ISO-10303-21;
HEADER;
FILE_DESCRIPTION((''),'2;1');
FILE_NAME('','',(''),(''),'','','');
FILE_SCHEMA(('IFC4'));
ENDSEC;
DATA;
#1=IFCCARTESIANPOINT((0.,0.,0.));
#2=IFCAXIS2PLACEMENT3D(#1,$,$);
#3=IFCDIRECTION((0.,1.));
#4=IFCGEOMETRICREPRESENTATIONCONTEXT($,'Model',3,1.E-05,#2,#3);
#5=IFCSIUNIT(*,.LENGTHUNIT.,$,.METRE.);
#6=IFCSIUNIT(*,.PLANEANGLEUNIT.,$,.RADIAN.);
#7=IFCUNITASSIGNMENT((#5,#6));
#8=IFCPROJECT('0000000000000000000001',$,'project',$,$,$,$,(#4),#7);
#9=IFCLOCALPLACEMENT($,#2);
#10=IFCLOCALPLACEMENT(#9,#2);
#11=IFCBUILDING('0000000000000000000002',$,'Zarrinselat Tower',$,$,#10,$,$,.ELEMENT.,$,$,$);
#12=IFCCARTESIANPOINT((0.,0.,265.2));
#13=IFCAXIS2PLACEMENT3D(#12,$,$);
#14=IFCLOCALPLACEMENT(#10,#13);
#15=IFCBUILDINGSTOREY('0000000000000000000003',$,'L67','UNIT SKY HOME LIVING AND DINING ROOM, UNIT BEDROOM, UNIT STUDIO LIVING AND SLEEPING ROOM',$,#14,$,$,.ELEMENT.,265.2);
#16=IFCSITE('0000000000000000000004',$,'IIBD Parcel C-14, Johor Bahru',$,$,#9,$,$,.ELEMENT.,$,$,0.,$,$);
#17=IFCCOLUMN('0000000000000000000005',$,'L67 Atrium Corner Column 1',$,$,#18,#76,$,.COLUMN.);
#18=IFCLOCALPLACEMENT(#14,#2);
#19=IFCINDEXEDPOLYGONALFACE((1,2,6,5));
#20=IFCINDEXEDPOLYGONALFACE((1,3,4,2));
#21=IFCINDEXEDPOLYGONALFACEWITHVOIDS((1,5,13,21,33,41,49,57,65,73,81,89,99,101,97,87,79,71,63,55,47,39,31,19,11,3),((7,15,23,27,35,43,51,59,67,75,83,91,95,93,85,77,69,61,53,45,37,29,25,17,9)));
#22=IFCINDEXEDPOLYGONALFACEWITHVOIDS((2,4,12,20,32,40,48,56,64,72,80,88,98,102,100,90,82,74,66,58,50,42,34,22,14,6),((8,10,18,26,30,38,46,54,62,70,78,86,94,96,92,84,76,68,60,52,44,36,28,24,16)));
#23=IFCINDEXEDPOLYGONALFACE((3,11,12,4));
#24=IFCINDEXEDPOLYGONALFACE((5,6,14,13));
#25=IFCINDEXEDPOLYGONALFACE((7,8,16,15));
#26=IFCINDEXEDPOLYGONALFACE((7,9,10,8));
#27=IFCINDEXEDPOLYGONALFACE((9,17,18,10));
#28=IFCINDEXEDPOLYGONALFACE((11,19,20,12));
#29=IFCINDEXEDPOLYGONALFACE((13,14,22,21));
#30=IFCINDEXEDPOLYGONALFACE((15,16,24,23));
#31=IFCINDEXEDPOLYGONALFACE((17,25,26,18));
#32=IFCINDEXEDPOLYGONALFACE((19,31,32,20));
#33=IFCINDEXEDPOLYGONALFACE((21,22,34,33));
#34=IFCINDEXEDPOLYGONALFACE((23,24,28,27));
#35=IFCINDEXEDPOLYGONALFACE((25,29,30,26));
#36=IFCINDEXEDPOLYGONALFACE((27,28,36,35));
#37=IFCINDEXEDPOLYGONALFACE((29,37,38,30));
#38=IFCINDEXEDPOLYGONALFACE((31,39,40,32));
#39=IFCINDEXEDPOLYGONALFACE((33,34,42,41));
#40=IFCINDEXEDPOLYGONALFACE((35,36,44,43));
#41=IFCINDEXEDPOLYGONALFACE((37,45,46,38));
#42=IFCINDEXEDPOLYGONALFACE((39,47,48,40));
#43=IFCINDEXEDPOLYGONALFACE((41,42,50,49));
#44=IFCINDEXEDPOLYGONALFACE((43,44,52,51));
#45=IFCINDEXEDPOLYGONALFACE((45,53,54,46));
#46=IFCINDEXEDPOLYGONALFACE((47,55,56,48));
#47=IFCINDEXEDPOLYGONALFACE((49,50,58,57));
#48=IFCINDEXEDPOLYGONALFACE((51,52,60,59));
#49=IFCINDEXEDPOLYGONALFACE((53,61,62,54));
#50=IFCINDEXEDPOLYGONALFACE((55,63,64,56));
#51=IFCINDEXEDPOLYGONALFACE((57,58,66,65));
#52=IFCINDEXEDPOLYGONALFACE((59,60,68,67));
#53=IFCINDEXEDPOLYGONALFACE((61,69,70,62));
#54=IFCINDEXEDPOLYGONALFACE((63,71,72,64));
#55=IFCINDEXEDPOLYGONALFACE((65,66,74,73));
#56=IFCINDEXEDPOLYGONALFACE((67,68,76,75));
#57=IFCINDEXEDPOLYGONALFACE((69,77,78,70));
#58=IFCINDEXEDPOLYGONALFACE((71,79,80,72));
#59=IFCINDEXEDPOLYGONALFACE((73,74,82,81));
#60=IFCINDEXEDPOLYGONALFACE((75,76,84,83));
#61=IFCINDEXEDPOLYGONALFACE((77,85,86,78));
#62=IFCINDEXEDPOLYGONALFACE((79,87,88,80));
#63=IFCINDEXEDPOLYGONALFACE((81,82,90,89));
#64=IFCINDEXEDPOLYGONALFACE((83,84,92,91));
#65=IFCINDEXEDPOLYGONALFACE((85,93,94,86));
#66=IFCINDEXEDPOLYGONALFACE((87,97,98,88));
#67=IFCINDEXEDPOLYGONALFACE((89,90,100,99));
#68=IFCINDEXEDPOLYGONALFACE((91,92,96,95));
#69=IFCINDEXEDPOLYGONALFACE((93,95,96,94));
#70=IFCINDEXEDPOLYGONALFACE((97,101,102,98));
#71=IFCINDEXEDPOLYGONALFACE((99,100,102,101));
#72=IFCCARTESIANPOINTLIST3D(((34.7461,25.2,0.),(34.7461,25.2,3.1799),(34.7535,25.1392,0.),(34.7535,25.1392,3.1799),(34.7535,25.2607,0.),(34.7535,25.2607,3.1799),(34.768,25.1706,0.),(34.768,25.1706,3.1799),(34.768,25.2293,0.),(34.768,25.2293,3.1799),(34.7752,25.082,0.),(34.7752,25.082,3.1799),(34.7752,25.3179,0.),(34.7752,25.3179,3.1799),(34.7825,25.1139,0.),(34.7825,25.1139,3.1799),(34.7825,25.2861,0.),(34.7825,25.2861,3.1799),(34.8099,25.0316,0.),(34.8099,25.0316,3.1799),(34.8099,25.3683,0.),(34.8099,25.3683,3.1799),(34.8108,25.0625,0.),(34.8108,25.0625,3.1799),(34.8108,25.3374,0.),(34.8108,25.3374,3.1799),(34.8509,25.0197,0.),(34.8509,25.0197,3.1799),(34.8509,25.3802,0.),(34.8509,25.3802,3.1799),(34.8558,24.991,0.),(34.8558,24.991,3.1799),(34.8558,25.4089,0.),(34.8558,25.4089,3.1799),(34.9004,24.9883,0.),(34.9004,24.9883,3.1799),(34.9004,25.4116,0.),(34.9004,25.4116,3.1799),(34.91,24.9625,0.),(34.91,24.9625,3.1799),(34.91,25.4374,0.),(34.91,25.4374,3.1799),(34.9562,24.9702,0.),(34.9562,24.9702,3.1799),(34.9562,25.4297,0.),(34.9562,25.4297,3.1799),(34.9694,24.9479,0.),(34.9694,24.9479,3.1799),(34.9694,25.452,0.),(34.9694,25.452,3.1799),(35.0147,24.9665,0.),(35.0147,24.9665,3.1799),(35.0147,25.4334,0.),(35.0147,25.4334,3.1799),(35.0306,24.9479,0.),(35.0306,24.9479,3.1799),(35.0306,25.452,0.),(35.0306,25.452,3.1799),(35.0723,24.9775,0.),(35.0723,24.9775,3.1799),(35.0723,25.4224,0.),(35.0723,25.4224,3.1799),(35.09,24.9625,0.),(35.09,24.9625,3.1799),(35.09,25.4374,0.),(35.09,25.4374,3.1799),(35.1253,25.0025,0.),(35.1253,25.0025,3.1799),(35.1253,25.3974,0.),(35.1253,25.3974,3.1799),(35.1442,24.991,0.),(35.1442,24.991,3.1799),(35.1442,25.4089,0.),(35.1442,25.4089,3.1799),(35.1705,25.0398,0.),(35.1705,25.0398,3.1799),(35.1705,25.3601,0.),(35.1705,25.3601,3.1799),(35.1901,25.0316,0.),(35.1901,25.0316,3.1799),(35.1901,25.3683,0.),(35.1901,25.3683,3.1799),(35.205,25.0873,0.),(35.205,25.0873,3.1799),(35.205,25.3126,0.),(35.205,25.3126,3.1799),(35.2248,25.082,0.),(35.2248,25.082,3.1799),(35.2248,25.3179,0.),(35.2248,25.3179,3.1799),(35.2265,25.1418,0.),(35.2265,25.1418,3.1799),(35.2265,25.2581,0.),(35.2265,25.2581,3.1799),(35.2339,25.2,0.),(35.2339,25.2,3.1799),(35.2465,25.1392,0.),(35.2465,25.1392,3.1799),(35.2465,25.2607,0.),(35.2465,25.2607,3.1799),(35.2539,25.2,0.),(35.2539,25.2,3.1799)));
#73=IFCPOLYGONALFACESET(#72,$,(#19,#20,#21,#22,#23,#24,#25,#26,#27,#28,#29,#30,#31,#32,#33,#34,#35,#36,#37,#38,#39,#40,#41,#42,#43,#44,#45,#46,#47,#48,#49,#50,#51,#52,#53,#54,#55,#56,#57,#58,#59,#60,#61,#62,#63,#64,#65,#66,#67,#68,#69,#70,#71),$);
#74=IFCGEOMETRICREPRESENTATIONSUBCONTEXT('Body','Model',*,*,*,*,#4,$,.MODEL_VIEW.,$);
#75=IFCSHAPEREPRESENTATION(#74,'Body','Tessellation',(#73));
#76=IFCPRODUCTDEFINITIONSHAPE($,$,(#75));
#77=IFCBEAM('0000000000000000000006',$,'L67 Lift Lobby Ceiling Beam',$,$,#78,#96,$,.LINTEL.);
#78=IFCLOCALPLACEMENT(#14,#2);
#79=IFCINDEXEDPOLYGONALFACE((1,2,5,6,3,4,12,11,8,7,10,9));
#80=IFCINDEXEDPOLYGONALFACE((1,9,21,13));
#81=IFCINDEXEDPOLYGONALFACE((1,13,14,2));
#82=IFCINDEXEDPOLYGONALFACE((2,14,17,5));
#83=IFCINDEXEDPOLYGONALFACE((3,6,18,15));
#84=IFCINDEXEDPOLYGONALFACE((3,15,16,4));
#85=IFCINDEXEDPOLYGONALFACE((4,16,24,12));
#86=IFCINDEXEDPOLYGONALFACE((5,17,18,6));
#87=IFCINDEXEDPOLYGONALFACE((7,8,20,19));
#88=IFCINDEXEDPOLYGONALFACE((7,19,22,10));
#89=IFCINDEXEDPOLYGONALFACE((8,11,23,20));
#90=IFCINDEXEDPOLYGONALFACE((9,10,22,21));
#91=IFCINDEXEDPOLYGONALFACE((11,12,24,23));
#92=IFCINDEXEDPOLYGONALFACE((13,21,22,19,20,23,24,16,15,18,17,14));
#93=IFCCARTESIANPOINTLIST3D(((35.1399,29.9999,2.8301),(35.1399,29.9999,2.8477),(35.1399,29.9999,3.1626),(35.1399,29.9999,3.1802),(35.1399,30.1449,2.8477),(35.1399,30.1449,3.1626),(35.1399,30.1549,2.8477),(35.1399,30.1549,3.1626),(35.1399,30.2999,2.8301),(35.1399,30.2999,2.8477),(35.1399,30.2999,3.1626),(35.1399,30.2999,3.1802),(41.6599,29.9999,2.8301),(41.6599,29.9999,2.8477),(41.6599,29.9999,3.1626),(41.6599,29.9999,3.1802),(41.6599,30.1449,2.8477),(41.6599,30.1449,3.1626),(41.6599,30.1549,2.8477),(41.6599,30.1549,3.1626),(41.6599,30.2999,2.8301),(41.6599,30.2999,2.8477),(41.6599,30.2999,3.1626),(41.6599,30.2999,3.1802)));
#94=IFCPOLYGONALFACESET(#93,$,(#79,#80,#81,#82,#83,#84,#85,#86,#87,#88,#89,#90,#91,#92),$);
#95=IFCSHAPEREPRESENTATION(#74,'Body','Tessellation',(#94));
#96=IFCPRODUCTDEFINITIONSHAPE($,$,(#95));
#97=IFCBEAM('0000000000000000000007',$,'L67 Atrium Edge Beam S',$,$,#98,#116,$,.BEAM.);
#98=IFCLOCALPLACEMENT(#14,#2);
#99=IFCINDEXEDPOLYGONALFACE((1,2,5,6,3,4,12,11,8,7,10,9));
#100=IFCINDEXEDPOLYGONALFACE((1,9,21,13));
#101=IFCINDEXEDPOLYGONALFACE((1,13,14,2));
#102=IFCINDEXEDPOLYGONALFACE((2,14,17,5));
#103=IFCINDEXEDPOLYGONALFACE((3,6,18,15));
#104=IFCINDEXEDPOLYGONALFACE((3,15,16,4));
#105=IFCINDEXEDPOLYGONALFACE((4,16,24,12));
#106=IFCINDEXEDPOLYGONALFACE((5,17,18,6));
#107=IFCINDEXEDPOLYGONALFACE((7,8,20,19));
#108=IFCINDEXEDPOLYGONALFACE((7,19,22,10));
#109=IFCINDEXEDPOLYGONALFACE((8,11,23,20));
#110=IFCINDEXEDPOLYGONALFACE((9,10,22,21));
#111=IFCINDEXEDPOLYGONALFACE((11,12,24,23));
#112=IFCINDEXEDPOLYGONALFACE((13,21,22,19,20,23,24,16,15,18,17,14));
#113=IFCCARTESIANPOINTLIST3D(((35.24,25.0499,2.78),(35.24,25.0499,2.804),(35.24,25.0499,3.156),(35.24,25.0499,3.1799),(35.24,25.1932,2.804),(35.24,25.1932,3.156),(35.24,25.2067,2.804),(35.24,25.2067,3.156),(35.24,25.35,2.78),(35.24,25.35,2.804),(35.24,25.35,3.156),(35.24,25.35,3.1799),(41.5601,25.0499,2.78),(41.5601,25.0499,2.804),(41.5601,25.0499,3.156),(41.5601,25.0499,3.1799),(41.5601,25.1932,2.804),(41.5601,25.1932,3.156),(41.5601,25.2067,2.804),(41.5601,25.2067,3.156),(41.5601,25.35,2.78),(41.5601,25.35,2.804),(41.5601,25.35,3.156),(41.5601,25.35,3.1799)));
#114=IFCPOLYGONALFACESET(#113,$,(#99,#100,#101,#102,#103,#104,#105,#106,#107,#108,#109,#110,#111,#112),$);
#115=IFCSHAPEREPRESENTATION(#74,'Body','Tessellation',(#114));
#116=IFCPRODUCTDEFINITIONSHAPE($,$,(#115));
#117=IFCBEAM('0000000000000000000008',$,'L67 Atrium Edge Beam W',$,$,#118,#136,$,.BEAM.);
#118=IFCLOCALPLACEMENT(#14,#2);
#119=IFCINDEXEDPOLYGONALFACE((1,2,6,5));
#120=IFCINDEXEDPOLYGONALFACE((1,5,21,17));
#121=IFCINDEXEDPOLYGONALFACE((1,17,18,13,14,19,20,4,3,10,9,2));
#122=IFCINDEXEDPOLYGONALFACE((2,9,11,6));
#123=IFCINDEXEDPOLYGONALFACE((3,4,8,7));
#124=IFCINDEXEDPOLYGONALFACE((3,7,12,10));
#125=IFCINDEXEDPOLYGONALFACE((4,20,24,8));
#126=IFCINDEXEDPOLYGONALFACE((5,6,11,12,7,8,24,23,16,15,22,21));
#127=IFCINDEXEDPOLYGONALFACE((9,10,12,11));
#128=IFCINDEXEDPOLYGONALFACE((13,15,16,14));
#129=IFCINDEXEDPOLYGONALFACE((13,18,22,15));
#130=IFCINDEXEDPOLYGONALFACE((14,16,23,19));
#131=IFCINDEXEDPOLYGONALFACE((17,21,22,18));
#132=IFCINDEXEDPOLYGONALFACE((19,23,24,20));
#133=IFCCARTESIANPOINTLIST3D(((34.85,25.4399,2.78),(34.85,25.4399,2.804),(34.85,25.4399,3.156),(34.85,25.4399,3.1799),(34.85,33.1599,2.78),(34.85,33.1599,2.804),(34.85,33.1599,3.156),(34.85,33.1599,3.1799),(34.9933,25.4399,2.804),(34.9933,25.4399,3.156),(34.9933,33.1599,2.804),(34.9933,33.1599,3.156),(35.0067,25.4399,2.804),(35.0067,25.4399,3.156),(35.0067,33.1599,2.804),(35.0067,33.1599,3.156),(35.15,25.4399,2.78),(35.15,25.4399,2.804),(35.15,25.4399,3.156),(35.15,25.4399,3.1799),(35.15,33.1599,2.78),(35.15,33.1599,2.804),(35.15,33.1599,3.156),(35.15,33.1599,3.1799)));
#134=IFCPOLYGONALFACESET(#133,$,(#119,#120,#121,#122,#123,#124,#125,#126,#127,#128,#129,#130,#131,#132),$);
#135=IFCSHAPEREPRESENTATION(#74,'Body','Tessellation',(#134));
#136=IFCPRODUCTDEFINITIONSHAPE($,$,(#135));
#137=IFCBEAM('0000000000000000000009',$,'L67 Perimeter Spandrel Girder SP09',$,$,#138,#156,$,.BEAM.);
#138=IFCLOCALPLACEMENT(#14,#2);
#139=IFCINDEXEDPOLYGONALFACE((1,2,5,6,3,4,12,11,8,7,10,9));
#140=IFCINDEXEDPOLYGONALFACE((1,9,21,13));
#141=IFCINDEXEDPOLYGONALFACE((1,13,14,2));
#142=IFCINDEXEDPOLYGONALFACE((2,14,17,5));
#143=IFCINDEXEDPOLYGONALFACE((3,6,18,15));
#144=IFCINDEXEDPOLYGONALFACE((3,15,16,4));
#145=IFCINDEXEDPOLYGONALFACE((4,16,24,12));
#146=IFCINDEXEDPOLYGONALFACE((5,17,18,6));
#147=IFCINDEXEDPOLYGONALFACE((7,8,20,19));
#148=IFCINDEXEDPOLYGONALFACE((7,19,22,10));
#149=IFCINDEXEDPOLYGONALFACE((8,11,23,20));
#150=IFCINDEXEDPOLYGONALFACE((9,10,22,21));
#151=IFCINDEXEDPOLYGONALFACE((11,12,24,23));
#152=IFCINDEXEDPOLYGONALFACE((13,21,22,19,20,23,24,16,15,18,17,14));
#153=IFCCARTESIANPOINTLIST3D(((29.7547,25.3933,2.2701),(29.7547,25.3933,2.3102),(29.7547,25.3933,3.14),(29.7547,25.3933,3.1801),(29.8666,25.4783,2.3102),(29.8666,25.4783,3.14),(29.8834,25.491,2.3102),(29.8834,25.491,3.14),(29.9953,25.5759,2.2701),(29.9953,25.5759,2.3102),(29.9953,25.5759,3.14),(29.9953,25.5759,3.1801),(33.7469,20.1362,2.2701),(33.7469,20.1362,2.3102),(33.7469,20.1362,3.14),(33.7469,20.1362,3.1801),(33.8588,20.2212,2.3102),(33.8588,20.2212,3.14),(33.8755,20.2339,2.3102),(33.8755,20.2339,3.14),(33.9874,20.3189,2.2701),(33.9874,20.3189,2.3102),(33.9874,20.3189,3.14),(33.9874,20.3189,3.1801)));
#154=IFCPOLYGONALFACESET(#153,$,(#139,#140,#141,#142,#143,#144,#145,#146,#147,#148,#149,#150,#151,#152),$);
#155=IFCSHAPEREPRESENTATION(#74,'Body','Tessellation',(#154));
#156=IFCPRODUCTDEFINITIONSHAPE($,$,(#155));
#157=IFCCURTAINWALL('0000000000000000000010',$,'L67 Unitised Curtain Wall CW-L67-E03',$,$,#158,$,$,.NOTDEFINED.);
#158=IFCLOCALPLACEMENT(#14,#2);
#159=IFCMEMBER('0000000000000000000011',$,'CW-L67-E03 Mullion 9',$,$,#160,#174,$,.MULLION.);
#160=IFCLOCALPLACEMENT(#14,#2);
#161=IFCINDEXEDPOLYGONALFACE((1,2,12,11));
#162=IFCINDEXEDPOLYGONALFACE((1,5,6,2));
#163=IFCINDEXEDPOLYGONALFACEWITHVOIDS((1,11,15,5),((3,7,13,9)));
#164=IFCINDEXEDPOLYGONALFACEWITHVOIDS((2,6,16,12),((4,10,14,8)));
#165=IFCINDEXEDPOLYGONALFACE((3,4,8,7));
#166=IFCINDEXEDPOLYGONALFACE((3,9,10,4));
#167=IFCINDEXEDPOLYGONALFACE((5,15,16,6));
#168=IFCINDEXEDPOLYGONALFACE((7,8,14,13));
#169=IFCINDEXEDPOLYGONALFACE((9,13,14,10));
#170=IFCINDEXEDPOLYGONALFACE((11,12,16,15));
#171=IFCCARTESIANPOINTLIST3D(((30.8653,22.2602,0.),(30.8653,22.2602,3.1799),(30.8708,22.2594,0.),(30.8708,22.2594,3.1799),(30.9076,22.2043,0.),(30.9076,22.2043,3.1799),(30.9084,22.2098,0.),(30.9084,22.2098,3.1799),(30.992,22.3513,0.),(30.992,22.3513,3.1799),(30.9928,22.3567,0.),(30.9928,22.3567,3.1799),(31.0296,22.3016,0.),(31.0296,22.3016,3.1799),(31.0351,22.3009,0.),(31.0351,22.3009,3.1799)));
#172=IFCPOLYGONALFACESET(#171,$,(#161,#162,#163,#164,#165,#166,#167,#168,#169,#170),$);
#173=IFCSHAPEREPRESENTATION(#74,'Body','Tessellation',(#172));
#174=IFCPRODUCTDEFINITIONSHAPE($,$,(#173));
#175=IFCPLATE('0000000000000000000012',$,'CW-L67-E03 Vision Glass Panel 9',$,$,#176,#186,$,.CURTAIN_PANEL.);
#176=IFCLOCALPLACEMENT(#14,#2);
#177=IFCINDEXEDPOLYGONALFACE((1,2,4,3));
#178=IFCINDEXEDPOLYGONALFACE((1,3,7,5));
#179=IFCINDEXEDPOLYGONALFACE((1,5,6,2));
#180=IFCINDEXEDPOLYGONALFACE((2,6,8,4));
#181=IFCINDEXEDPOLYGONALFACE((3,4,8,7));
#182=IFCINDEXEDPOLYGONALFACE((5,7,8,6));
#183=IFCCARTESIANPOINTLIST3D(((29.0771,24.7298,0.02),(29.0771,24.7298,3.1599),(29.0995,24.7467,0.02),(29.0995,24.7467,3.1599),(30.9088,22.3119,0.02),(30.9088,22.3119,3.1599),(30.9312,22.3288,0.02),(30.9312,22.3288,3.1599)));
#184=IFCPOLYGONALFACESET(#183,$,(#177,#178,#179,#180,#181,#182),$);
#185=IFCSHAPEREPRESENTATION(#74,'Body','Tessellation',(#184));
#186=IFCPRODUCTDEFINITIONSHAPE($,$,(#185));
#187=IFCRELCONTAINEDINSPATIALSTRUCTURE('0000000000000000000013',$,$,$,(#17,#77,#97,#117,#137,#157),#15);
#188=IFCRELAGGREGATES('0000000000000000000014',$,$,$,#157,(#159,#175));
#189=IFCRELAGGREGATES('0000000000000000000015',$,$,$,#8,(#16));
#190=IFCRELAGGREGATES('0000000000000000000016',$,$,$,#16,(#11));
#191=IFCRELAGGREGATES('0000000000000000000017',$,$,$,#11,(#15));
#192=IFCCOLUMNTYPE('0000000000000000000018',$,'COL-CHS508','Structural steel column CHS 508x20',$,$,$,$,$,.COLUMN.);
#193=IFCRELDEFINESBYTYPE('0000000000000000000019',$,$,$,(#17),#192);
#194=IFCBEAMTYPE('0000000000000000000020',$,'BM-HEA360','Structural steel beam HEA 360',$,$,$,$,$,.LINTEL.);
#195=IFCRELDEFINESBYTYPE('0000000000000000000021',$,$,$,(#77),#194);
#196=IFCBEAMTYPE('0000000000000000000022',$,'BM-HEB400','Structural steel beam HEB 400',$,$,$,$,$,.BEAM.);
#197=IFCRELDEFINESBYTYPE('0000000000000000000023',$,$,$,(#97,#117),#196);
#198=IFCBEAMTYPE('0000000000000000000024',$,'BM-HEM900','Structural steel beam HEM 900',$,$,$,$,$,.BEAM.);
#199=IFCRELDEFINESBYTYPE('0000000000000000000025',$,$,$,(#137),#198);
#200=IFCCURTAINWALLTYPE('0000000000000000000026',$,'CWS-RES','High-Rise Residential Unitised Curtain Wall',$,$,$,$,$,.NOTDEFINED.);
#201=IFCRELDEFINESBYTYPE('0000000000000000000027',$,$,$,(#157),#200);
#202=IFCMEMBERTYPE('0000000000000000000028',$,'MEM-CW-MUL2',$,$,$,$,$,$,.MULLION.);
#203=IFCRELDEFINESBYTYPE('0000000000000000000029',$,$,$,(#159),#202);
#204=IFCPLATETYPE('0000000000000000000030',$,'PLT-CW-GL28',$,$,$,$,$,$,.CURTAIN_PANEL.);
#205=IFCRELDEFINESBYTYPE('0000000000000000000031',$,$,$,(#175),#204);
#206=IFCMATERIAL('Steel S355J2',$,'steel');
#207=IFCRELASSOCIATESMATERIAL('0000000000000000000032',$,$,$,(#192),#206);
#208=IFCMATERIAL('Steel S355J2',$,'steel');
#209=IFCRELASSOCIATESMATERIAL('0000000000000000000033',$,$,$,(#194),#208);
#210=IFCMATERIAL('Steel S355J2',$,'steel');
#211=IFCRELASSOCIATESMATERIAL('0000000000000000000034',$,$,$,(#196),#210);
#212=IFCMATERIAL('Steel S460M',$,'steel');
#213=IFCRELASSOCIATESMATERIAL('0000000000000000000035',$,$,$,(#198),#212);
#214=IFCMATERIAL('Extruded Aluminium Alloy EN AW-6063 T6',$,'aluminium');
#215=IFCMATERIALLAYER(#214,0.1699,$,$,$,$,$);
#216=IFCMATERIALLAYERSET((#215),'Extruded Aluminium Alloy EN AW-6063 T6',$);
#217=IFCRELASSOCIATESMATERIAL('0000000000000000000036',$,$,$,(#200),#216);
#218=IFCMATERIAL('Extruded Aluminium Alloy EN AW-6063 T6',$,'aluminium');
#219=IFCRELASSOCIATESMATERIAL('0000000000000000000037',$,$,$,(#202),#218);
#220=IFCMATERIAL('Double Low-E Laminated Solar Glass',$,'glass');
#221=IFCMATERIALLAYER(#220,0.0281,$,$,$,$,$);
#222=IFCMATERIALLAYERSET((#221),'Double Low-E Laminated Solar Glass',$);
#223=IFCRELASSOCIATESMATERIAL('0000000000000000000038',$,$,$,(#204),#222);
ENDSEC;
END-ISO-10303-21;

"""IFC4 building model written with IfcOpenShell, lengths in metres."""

from ifc_helpers import new_model, si_unit, direction, frame, origin, origin_2d, place, context, subcontext, project, spatial, rectangle, hollow_rectangle, hollow_circle, i_section, extrude, material, layer, layer_set, material_profile, profile_set, type_object, element, aggregate, save


model = new_model("IFC4")

# Units and contexts
model_context = context("Model", 3, precision=1e-05, world=origin(), true_north=direction((0.0, 1.0)))
body_context = subcontext(model_context, "Body", "Model", "MODEL_VIEW")
ifc_project = project(units=[si_unit("LENGTHUNIT", "METRE"), si_unit("PLANEANGLEUNIT", "RADIAN")], contexts=[model_context])

# Site, building, storey
site_placement = place(None, origin())
site = spatial("IfcSite", under=ifc_project, at=site_placement, Name="IIBD Parcel C-14, Johor Bahru", CompositionType="ELEMENT", RefElevation=0.0)
building_placement = place(site_placement, origin())
building = spatial("IfcBuilding", under=site, at=building_placement, Name="Zarrinselat Tower", CompositionType="ELEMENT")
storey_placement = place(building_placement, frame((0.0, 0.0, 265.2)))
storey = spatial("IfcBuildingStorey", under=building, at=storey_placement, Name="L67", Description="UNIT SKY HOME LIVING AND DINING ROOM, UNIT BEDROOM, UNIT STUDIO LIVING AND SLEEPING ROOM", CompositionType="ELEMENT", Elevation=265.2)

# Column
ifc_material_1 = material(Name="Steel S355J2", Category="steel")
ifc_material_profile_1 = material_profile(ifc_material_1, hollow_circle(Radius=0.2539, WallThickness=0.02, at=origin_2d()), Name="CHS 508x20")
ifc_profile_set_1 = profile_set([ifc_material_profile_1], Name="Steel S355J2")
column_type = type_object("IfcColumnType", Name="COL-CHS508", Description="Structural steel column CHS 508x20", PredefinedType="COLUMN", material=ifc_profile_set_1)
column_placement = place(storey_placement, frame((35.0, 25.2, 0.0), z_axis=(0.0, 0.0, 1.0), x_axis=(1.0, 0.0, 0.0)))
element("IfcColumn", 1, at=column_placement, inside=storey, type_object=column_type, Name="L67 Atrium Corner Column 1", PredefinedType="COLUMN", context=body_context, shape_type="SweptSolid", body=[
    extrude(hollow_circle(Radius=0.2539, WallThickness=0.02, at=origin_2d()), origin(), (0.0, 0.0, 1.0), 3.1799),
])

# Beams
ifc_material_2 = material(Name="Steel S355J2", Category="steel")
ifc_material_profile_2 = material_profile(ifc_material_2, i_section(OverallWidth=0.3, OverallDepth=0.3501, WebThickness=0.01, FlangeThickness=0.0176, at=origin_2d()), Name="HEA 360")
ifc_profile_set_2 = profile_set([ifc_material_profile_2], Name="Steel S355J2")
beam_type_1 = type_object("IfcBeamType", Name="BM-HEA360", Description="Structural steel beam HEA 360", PredefinedType="LINTEL", material=ifc_profile_set_2)
beam_1_placement = place(storey_placement, frame((35.1399, 30.1499, 3.0051), z_axis=(1.0, 0.0, 0.0), x_axis=(0.0, 1.0, 0.0)))
element("IfcBeam", 2, at=beam_1_placement, inside=storey, type_object=beam_type_1, Name="L67 Lift Lobby Ceiling Beam", PredefinedType="LINTEL", context=body_context, shape_type="SweptSolid", body=[
    extrude(i_section(OverallWidth=0.3, OverallDepth=0.3501, WebThickness=0.01, FlangeThickness=0.0176, at=origin_2d()), origin(), (0.0, 0.0, 1.0), 6.52),
])
ifc_material_3 = material(Name="Steel S355J2", Category="steel")
ifc_material_profile_3 = material_profile(ifc_material_3, i_section(OverallWidth=0.3, OverallDepth=0.3999, WebThickness=0.0134, FlangeThickness=0.0239, at=origin_2d()), Name="HEB 400")
ifc_profile_set_3 = profile_set([ifc_material_profile_3], Name="Steel S355J2")
beam_type_2 = type_object("IfcBeamType", Name="BM-HEB400", Description="Structural steel beam HEB 400", PredefinedType="BEAM", material=ifc_profile_set_3)
beam_2_placement = place(storey_placement, frame((35.24, 25.2, 2.98), z_axis=(1.0, 0.0, 0.0), x_axis=(0.0, 1.0, 0.0)))
element("IfcBeam", 3, at=beam_2_placement, inside=storey, type_object=beam_type_2, Name="L67 Atrium Edge Beam S", PredefinedType="BEAM", context=body_context, shape_type="SweptSolid", body=[
    extrude(i_section(OverallWidth=0.3, OverallDepth=0.3999, WebThickness=0.0134, FlangeThickness=0.0239, at=origin_2d()), origin(), (0.0, 0.0, 1.0), 6.3201),
])
beam_3_placement = place(storey_placement, frame((35.0, 25.4399, 2.98), z_axis=(0.0, 1.0, 0.0), x_axis=(-1.0, 0.0, 0.0)))
element("IfcBeam", 4, at=beam_3_placement, inside=storey, type_object=beam_type_2, Name="L67 Atrium Edge Beam W", PredefinedType="BEAM", context=body_context, shape_type="SweptSolid", body=[
    extrude(i_section(OverallWidth=0.3, OverallDepth=0.3999, WebThickness=0.0134, FlangeThickness=0.0239, at=origin_2d()), origin(), (0.0, 0.0, 1.0), 7.72),
])
ifc_material_4 = material(Name="Steel S460M", Category="steel")
ifc_material_profile_4 = material_profile(ifc_material_4, i_section(OverallWidth=0.302, OverallDepth=0.9099, WebThickness=0.021, FlangeThickness=0.04, at=origin_2d()), Name="HEM 900")
ifc_profile_set_4 = profile_set([ifc_material_profile_4], Name="Steel S460M")
beam_type_3 = type_object("IfcBeamType", Name="BM-HEM900", Description="Structural steel beam HEM 900", PredefinedType="BEAM", material=ifc_profile_set_4)
beam_4_placement = place(storey_placement, frame((29.875, 25.4846, 2.7251), z_axis=(0.604777, -0.796395, 0.0), x_axis=(0.796395, 0.604777, 0.0)))
element("IfcBeam", 5, at=beam_4_placement, inside=storey, type_object=beam_type_3, Name="L67 Perimeter Spandrel Girder SP09", PredefinedType="BEAM", context=body_context, shape_type="SweptSolid", body=[
    extrude(i_section(OverallWidth=0.302, OverallDepth=0.9099, WebThickness=0.021, FlangeThickness=0.04, at=origin_2d()), origin(), (0.0, 0.0, 1.0), 6.6011),
])

# Curtain wall, member, plate
ifc_material_5 = material(Name="Extruded Aluminium Alloy EN AW-6063 T6", Category="aluminium")
ifc_layer_1 = layer(ifc_material_5, 0.1699)
ifc_layer_set_1 = layer_set([ifc_layer_1], Name="Extruded Aluminium Alloy EN AW-6063 T6")
curtain_wall_type = type_object("IfcCurtainWallType", Name="CWS-RES", Description="High-Rise Residential Unitised Curtain Wall", PredefinedType="NOTDEFINED", material=ifc_layer_set_1)
curtain_wall_placement = place(storey_placement, origin())
curtain_wall = element("IfcCurtainWall", 6, at=curtain_wall_placement, inside=storey, type_object=curtain_wall_type, Name="L67 Unitised Curtain Wall CW-L67-E03", PredefinedType="NOTDEFINED")
ifc_material_6 = material(Name="Extruded Aluminium Alloy EN AW-6063 T6", Category="aluminium")
ifc_material_profile_5 = material_profile(ifc_material_6, hollow_rectangle(XDim=0.0701, YDim=0.1599, WallThickness=0.0039, at=origin_2d()), Name="RHS 160x70x4")
ifc_profile_set_5 = profile_set([ifc_material_profile_5], Name="Extruded Aluminium Alloy EN AW-6063 T6")
member_type = type_object("IfcMemberType", Name="MEM-CW-MUL2", PredefinedType="MULLION", material=ifc_profile_set_5)
member_placement = place(storey_placement, frame((30.9502, 22.2805, 0.0), z_axis=(0.0, 0.0, 1.0), x_axis=(0.603858, -0.797092, 0.0)))
member = element("IfcMember", 7, at=member_placement, type_object=member_type, Name="CW-L67-E03 Mullion 9", PredefinedType="MULLION", context=body_context, shape_type="SweptSolid", body=[
    extrude(hollow_rectangle(XDim=0.0701, YDim=0.1599, WallThickness=0.0039, at=origin_2d()), origin(), (0.0, 0.0, 1.0), 3.1799),
])
ifc_material_7 = material(Name="Double Low-E Laminated Solar Glass", Category="glass")
ifc_layer_2 = layer(ifc_material_7, 0.0281)
ifc_layer_set_2 = layer_set([ifc_layer_2], Name="Double Low-E Laminated Solar Glass")
plate_type = type_object("IfcPlateType", Name="PLT-CW-GL28", PredefinedType="CURTAIN_PANEL", material=ifc_layer_set_2)
plate_placement = place(storey_placement, frame((30.0042, 23.5293, 0.02), z_axis=(0.0, 0.0, 1.0), x_axis=(0.603858, -0.797092, 0.0)))
plate = element("IfcPlate", 8, at=plate_placement, type_object=plate_type, Name="CW-L67-E03 Vision Glass Panel 9", PredefinedType="CURTAIN_PANEL", context=body_context, shape_type="SweptSolid", body=[
    extrude(rectangle(XDim=3.0334, YDim=0.0281, at=origin_2d()), origin(), (0.0, 0.0, 1.0), 3.1399),
])
aggregate(curtain_wall, [member, plate])

save(model, "model.ifc")
